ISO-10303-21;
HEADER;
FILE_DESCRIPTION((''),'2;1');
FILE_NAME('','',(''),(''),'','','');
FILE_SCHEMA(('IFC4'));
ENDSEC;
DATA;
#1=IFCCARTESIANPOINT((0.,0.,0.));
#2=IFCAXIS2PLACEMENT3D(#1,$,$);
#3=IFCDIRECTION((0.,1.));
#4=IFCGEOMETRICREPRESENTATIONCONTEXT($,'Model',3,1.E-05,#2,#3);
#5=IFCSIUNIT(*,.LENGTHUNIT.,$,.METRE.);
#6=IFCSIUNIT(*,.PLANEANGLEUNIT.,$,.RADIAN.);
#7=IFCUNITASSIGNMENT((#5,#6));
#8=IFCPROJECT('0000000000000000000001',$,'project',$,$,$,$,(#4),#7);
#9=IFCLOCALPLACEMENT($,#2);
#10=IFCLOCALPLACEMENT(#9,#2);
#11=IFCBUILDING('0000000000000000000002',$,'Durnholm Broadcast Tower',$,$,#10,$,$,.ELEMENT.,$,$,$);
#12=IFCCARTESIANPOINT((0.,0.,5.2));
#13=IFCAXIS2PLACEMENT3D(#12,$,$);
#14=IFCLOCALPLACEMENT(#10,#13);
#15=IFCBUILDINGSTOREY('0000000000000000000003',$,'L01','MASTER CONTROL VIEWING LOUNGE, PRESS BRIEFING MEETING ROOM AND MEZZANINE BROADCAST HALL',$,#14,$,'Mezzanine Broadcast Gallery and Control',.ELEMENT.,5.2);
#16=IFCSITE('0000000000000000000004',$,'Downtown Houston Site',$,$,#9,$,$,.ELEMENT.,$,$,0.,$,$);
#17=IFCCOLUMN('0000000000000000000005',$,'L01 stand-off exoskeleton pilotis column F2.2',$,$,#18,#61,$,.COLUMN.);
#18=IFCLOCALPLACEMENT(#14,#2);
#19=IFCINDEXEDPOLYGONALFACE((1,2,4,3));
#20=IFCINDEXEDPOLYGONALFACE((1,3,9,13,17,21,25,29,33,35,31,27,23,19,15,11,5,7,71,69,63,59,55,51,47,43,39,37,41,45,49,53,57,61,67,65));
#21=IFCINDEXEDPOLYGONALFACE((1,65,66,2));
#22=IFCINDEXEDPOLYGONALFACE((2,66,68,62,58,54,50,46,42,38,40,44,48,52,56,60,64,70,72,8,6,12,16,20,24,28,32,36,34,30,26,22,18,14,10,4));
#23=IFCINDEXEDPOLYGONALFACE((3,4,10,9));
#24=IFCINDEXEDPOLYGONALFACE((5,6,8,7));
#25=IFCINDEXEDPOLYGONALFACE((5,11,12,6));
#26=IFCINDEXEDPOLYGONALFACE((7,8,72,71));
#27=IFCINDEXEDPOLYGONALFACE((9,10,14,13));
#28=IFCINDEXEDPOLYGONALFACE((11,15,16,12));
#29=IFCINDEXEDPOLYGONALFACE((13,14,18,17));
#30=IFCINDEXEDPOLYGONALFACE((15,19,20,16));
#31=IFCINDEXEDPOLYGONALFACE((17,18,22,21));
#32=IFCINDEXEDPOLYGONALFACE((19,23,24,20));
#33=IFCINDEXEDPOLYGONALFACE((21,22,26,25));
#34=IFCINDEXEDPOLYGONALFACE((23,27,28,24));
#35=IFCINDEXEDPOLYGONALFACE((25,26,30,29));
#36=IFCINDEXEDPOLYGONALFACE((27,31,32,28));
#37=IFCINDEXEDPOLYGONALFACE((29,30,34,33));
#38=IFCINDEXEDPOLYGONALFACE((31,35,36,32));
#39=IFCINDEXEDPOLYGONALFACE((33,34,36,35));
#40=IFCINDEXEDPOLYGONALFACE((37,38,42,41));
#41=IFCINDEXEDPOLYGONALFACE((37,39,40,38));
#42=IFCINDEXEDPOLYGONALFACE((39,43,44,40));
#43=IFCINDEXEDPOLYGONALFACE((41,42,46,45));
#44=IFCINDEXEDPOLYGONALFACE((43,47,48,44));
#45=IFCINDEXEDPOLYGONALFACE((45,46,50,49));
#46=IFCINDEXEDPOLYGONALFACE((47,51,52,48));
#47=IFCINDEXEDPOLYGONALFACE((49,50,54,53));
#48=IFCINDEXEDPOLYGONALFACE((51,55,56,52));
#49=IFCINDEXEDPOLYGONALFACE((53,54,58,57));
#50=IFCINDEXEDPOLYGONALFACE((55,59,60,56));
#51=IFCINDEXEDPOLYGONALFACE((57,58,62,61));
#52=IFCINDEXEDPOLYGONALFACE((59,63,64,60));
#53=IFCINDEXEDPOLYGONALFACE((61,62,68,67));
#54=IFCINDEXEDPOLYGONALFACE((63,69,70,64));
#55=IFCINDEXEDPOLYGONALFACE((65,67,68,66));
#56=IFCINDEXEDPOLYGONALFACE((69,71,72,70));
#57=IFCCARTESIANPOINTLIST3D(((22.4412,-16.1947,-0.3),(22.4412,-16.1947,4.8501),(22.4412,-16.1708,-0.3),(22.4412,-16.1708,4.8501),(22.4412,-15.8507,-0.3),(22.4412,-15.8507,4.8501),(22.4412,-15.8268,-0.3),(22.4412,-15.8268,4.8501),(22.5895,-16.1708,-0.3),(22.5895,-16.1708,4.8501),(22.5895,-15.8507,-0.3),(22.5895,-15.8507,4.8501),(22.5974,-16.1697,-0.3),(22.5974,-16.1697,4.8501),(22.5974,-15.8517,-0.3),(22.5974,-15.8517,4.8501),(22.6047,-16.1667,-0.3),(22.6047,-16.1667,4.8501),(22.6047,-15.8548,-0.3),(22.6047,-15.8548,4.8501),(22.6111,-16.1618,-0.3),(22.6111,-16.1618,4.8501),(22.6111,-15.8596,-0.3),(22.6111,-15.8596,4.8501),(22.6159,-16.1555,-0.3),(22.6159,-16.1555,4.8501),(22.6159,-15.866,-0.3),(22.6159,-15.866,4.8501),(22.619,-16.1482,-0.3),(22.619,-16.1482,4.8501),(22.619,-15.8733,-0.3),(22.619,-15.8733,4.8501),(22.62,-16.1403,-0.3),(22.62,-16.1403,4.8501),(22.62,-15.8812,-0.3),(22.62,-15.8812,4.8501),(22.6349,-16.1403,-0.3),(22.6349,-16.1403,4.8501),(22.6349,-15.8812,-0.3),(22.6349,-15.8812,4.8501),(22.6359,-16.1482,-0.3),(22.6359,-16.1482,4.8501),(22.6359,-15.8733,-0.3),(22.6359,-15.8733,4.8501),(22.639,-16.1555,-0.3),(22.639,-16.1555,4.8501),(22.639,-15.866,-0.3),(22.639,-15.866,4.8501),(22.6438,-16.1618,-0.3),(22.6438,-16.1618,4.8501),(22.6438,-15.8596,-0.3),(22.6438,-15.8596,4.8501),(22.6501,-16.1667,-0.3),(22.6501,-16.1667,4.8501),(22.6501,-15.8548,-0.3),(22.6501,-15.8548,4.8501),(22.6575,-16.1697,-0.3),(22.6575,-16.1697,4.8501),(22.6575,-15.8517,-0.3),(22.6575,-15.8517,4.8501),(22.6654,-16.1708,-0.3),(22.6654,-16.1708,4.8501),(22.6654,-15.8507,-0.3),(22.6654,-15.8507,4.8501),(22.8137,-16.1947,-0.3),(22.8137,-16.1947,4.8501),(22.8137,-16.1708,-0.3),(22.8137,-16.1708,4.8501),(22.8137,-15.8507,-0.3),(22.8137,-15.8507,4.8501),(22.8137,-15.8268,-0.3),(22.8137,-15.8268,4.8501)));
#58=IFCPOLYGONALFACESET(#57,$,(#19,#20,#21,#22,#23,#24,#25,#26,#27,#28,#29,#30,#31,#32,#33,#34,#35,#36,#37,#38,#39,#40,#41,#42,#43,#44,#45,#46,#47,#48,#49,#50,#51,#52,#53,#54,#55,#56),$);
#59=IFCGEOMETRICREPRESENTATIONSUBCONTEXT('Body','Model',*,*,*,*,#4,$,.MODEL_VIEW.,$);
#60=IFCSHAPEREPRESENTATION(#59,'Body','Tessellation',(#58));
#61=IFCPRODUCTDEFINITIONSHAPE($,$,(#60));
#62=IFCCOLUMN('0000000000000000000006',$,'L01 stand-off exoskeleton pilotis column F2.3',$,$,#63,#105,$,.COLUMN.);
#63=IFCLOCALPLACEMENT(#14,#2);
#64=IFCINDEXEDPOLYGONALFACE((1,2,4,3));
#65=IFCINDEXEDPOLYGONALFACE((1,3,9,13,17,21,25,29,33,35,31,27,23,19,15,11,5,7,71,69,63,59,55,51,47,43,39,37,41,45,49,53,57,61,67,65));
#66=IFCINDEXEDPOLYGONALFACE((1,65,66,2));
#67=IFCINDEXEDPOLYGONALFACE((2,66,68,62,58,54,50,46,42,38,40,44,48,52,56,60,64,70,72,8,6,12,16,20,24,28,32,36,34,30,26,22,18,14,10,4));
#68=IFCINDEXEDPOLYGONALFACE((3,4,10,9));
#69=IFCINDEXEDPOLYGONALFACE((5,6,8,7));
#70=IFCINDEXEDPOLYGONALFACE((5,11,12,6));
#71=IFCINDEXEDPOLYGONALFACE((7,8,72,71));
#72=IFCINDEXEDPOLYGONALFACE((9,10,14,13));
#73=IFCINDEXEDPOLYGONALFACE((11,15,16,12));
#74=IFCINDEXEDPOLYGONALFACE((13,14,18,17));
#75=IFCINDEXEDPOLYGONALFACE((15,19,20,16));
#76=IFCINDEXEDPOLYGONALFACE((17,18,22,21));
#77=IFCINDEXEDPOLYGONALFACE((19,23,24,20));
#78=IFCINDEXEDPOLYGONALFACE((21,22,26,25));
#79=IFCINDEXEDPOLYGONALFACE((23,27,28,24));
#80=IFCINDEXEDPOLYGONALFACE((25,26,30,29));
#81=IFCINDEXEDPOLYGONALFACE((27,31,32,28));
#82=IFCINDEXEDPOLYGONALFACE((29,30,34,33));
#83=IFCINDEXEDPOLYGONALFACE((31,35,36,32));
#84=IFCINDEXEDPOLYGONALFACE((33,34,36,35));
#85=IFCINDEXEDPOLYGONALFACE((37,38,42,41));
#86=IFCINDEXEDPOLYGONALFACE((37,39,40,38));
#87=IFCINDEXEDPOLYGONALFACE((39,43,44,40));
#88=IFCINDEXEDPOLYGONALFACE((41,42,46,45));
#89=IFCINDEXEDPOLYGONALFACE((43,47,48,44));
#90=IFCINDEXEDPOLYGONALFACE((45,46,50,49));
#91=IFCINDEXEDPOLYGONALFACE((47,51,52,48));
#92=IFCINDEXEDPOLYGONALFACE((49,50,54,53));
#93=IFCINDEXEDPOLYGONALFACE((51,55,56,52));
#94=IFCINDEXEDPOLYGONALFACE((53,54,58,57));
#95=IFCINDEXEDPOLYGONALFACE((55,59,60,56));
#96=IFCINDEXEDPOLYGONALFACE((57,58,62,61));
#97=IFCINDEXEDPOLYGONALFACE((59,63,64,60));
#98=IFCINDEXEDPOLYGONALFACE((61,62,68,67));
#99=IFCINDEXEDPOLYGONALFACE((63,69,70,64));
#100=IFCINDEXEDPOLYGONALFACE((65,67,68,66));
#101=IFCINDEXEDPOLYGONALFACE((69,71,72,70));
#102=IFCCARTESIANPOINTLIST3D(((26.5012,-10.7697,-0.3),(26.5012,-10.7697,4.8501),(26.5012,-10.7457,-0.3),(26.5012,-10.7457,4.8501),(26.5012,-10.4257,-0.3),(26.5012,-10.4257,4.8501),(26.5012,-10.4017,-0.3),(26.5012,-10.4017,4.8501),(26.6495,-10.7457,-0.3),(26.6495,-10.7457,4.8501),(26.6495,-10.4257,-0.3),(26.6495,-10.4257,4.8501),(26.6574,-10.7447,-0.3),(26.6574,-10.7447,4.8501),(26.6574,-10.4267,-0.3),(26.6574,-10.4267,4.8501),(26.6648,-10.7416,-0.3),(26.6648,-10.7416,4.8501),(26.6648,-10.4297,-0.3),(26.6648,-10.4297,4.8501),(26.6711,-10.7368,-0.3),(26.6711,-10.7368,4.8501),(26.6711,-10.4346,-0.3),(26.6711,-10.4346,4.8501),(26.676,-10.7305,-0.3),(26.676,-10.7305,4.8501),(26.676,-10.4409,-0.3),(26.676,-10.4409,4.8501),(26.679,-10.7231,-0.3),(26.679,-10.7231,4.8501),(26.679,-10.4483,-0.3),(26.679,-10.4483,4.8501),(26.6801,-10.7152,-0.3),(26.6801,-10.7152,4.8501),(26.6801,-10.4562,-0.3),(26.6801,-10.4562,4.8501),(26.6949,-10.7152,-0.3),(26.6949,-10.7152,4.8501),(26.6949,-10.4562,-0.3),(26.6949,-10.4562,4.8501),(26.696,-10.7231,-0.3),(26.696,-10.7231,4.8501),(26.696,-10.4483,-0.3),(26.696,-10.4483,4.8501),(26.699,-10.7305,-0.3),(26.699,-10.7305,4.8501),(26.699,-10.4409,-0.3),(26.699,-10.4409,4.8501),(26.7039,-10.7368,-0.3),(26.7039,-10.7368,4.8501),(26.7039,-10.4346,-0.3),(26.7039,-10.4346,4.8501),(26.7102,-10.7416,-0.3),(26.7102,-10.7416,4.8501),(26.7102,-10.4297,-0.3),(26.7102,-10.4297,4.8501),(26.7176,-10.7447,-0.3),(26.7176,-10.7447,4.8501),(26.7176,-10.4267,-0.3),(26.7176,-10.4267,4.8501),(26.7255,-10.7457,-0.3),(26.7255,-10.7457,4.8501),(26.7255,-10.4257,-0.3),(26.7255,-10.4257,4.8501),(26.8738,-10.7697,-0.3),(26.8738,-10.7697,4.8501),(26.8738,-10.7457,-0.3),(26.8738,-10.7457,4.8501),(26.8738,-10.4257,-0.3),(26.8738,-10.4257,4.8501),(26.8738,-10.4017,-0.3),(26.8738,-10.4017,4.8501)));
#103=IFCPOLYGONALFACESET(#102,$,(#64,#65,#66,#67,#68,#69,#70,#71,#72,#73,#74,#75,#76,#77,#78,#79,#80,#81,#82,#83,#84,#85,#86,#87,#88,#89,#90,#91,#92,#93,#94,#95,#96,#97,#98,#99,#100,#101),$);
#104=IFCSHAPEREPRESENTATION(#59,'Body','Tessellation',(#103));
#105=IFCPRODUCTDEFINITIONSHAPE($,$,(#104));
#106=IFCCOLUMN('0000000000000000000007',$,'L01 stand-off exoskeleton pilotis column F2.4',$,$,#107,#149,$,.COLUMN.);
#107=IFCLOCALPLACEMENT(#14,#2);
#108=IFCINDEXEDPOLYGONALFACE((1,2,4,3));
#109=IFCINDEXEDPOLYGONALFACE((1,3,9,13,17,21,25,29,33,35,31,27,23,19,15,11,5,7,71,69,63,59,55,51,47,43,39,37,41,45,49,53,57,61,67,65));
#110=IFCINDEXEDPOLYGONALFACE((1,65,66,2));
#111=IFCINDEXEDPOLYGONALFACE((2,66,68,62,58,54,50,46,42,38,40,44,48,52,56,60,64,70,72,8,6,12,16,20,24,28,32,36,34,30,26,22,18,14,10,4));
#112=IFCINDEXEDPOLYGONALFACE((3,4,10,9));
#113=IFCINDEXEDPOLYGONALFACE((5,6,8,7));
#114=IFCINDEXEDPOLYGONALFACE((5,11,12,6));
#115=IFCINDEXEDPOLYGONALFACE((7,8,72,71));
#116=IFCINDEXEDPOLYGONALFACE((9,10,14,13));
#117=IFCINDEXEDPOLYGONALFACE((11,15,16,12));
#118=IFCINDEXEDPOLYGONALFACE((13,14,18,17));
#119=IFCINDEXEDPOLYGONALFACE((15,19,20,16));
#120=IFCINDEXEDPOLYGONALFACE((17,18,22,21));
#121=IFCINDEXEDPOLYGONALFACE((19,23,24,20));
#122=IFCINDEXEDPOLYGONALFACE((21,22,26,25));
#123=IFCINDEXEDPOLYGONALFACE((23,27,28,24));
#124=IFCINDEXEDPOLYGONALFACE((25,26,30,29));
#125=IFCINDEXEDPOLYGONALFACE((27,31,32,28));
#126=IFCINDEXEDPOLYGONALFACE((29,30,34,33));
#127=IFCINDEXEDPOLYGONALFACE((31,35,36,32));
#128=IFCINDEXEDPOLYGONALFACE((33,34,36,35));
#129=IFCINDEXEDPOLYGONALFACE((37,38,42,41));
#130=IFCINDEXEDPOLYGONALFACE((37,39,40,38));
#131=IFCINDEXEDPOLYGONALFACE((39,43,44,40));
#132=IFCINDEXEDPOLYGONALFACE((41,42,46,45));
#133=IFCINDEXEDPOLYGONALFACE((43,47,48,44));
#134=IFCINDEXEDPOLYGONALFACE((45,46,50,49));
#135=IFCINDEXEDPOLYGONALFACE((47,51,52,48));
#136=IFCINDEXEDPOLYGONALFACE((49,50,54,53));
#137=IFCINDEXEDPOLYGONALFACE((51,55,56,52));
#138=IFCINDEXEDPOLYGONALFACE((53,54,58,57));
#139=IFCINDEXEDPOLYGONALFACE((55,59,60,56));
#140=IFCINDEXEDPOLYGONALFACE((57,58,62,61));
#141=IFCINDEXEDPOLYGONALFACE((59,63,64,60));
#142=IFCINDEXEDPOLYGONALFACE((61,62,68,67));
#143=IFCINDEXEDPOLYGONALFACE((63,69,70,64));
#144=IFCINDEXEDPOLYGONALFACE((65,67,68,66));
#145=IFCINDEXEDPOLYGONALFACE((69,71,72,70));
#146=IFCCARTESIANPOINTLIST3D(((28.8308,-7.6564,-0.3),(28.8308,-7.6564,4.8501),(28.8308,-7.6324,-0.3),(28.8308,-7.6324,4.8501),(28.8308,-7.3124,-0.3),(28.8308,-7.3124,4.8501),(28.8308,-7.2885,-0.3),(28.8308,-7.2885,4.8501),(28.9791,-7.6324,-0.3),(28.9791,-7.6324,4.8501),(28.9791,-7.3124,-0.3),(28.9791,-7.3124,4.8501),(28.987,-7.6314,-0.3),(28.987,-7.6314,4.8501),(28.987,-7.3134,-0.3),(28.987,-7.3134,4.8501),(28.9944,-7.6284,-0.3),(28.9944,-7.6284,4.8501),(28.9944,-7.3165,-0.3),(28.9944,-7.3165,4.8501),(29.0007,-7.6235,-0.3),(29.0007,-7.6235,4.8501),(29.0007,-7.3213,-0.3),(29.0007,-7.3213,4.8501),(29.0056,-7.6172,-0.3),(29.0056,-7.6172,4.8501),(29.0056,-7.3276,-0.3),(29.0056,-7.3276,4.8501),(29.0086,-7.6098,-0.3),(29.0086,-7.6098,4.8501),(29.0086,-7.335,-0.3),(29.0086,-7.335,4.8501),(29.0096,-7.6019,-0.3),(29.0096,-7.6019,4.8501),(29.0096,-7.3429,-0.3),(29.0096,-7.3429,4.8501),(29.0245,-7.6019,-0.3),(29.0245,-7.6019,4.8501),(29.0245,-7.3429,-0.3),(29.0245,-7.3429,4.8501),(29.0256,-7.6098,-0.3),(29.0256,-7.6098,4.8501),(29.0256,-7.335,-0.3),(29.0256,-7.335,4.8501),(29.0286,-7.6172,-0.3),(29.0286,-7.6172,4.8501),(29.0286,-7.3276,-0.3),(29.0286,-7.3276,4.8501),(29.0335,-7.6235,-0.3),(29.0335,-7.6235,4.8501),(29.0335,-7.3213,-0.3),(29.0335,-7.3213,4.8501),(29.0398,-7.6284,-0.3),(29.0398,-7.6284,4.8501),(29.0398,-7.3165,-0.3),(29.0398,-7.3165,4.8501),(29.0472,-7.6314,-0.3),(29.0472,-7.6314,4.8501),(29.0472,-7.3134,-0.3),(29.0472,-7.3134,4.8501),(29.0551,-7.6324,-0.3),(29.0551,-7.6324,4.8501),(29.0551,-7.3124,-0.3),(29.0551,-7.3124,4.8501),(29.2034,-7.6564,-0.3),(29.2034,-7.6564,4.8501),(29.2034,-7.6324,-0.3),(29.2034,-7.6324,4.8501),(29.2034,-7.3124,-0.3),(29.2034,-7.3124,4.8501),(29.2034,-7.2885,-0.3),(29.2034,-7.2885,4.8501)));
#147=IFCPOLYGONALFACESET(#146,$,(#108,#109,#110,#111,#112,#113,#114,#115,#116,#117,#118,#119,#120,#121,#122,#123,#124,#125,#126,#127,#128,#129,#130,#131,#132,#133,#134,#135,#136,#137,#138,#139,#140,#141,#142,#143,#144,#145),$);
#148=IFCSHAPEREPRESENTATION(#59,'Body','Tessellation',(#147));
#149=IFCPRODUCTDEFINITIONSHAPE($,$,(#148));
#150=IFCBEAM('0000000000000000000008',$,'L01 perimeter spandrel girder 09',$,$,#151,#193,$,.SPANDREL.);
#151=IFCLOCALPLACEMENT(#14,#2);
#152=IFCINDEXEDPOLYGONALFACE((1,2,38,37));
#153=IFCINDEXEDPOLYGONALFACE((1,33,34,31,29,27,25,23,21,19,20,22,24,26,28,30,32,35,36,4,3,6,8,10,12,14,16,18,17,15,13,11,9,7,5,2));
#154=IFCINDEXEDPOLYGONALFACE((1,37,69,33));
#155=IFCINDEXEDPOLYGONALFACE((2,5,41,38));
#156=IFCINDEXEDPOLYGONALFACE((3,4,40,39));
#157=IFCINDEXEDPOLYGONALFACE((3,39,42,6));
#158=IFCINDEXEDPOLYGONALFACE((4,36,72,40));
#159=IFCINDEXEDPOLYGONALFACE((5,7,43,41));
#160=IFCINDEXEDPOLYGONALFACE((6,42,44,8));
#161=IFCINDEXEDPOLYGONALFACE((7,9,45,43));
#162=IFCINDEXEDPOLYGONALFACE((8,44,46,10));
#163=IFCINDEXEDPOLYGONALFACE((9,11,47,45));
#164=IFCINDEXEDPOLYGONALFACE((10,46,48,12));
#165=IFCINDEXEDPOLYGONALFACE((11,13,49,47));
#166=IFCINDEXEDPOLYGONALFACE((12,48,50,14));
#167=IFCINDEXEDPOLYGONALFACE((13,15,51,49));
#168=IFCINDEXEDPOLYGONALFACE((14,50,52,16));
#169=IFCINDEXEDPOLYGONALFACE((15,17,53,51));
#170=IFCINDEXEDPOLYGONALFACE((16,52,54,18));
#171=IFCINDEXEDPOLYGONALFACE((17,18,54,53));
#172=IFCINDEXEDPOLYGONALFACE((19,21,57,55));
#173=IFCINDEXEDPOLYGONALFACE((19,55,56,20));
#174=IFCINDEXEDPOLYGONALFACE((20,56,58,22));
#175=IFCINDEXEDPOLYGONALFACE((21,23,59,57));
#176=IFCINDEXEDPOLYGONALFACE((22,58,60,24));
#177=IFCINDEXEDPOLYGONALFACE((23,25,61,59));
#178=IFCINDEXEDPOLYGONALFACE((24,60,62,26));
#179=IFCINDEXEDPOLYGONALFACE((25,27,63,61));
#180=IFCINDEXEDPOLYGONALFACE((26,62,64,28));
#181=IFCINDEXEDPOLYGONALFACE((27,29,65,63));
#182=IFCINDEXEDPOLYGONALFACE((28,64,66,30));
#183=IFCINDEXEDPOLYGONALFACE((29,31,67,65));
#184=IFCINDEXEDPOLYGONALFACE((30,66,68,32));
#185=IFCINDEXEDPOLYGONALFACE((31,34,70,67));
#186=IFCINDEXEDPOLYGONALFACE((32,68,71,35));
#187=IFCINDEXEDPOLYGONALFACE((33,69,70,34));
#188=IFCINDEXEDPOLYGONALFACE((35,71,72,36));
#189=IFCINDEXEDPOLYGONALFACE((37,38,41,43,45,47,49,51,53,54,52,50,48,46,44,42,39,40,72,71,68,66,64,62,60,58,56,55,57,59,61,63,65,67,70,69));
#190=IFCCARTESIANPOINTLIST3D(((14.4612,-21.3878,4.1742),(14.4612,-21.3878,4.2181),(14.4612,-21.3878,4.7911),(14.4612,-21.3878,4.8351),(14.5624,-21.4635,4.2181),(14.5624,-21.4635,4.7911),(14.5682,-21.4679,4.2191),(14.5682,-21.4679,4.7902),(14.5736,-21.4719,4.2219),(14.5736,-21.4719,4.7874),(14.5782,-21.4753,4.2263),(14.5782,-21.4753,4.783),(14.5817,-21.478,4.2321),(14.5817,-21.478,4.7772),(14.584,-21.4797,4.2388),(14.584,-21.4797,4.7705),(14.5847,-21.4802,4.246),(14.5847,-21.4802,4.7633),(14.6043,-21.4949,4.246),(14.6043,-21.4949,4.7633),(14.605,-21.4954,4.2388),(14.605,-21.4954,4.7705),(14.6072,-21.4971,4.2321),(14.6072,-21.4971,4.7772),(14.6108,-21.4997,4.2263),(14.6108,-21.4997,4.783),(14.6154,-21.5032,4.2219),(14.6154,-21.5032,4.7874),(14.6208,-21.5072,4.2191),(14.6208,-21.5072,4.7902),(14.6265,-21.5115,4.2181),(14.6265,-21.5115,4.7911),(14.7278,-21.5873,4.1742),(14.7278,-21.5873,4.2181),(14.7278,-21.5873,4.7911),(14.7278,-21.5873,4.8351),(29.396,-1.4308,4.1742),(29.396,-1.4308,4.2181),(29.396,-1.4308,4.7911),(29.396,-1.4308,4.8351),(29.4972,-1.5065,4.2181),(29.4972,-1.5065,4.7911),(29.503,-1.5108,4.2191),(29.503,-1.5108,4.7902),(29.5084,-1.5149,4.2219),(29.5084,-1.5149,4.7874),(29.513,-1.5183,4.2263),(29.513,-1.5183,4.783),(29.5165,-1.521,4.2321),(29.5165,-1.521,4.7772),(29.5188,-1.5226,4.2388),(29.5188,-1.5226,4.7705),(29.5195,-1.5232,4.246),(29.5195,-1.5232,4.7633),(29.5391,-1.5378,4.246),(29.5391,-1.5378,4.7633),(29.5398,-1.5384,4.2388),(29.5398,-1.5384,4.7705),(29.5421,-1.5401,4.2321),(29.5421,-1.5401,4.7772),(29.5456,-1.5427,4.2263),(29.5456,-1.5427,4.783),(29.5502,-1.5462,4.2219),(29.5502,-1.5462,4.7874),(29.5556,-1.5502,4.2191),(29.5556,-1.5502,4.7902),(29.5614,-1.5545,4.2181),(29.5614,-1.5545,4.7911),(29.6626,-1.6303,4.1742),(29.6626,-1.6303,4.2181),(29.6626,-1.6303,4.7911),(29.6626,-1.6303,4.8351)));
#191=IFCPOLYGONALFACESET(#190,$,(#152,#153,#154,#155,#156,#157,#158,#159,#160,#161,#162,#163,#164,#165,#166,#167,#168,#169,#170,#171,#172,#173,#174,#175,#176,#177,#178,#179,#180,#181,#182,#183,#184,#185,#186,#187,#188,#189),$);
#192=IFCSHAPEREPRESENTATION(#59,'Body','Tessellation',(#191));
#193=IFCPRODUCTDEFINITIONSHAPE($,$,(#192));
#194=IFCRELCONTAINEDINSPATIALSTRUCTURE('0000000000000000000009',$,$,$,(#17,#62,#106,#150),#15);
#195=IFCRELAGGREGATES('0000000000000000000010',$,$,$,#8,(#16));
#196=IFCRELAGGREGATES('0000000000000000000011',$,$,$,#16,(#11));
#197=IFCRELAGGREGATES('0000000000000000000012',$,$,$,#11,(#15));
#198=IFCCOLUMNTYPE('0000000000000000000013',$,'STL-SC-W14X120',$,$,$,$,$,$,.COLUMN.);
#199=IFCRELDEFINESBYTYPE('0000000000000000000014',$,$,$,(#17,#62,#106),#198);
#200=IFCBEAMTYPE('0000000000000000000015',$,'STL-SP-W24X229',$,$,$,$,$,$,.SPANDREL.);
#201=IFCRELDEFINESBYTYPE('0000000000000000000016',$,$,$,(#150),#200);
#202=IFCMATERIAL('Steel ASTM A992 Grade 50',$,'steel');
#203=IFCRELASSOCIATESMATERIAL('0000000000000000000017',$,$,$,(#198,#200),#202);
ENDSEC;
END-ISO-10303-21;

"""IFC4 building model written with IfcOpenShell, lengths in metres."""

from ifc_helpers import new_model, si_unit, direction, frame, origin, origin_2d, place, context, subcontext, project, spatial, i_section, extrude, source, transform, mapped, material, material_profile, profile_set, type_object, type_shapes, element, save


model = new_model("IFC4")

# Units and contexts
model_context = context("Model", 3, precision=1e-05, world=origin(), true_north=direction((0.0, 1.0)))
body_context = subcontext(model_context, "Body", "Model", "MODEL_VIEW")
ifc_project = project(units=[si_unit("LENGTHUNIT", "METRE"), si_unit("PLANEANGLEUNIT", "RADIAN")], contexts=[model_context])

# Site, building, storey
site_placement = place(None, origin())
site = spatial("IfcSite", under=ifc_project, at=site_placement, Name="Downtown Houston Site", CompositionType="ELEMENT", RefElevation=0.0)
building_placement = place(site_placement, origin())
building = spatial("IfcBuilding", under=site, at=building_placement, Name="Durnholm Broadcast Tower", CompositionType="ELEMENT")
storey_placement = place(building_placement, frame((0.0, 0.0, 5.2)))
storey = spatial("IfcBuildingStorey", under=building, at=storey_placement, Name="L01", Description="MASTER CONTROL VIEWING LOUNGE, PRESS BRIEFING MEETING ROOM AND MEZZANINE BROADCAST HALL", LongName="Mezzanine Broadcast Gallery and Control", CompositionType="ELEMENT", Elevation=5.2)

# Columns
ifc_material_1 = material(Name="Steel ASTM A992 Grade 50", Category="steel")
ifc_material_profile_1 = material_profile(ifc_material_1, i_section(OverallWidth=0.3726, OverallDepth=0.3679, WebThickness=0.0149, FlangeThickness=0.0239, FilletRadius=0.0305, at=origin_2d()), Name="W14X120")
ifc_profile_set_1 = profile_set([ifc_material_profile_1], Name="Steel ASTM A992 Grade 50")
column_type_1 = type_object("IfcColumnType", Name="STL-SC-W14X120", PredefinedType="COLUMN", material=ifc_profile_set_1)
shared_shape_1 = source(origin(), body_context, "Body", "SweptSolid", [
    extrude(i_section(OverallWidth=0.3726, OverallDepth=0.3679, WebThickness=0.0149, FlangeThickness=0.0239, FilletRadius=0.0305, at=origin_2d()), origin(), (0.0, 0.0, 1.0), 5.1501),
])
type_shapes(column_type_1, [shared_shape_1])
for number, where, z_axis, x_axis, name in (
    (1, (22.6274, -16.0107, -0.3), (0.0, 0.0, 1.0), (1.0, 0.0, 0.0), "L01 stand-off exoskeleton pilotis column F2.2"),
    (2, (26.6875, -10.5857, -0.3), (0.0, 0.0, 1.0), (1.0, 0.0, 0.0), "L01 stand-off exoskeleton pilotis column F2.3"),
    (3, (29.0171, -7.4724, -0.3), (0.0, 0.0, 1.0), (1.0, 0.0, 0.0), "L01 stand-off exoskeleton pilotis column F2.4"),
):
    element("IfcColumn", number, at=place(storey_placement, frame(where, z_axis=z_axis, x_axis=x_axis)), inside=storey, type_object=column_type_1, Name=name, PredefinedType="COLUMN", context=body_context, shape_type="MappedRepresentation", body=[
        mapped(shared_shape_1, transform((0.0, 0.0, 0.0), x_axis=(1.0, 0.0, 0.0), y_axis=(0.0, 1.0, 0.0), z_axis=(0.0, 0.0, 1.0), scale=1.0)),
    ])

# Beam
ifc_material_profile_2 = material_profile(ifc_material_1, i_section(OverallWidth=0.333, OverallDepth=0.6609, WebThickness=0.0244, FlangeThickness=0.0439, FilletRadius=0.0278, at=origin_2d()), Name="W24X229")
ifc_profile_set_2 = profile_set([ifc_material_profile_2], Name="Steel ASTM A992 Grade 50")
beam_type_1 = type_object("IfcBeamType", Name="STL-SP-W24X229", PredefinedType="SPANDREL", material=ifc_profile_set_2)
shared_shape_2 = source(origin(), body_context, "Body", "SweptSolid", [
    extrude(i_section(OverallWidth=0.333, OverallDepth=0.6609, WebThickness=0.0244, FlangeThickness=0.0439, FilletRadius=0.0278, at=origin_2d()), origin(), (0.0, 0.0, 1.0), 24.9265),
])
beam_1_placement = place(storey_placement, frame((29.5293, -1.5305, 4.5046), z_axis=(-0.599153, -0.800634, 0.0), x_axis=(0.800634, -0.599153, 0.0)))
element("IfcBeam", 4, at=beam_1_placement, inside=storey, type_object=beam_type_1, Name="L01 perimeter spandrel girder 09", PredefinedType="SPANDREL", context=body_context, shape_type="MappedRepresentation", body=[
    mapped(shared_shape_2, transform((0.0, 0.0, 0.0), x_axis=(1.0, 0.0, 0.0), y_axis=(0.0, 1.0, 0.0), z_axis=(0.0, 0.0, 1.0), scale=1.0)),
])

save(model, "model.ifc")
